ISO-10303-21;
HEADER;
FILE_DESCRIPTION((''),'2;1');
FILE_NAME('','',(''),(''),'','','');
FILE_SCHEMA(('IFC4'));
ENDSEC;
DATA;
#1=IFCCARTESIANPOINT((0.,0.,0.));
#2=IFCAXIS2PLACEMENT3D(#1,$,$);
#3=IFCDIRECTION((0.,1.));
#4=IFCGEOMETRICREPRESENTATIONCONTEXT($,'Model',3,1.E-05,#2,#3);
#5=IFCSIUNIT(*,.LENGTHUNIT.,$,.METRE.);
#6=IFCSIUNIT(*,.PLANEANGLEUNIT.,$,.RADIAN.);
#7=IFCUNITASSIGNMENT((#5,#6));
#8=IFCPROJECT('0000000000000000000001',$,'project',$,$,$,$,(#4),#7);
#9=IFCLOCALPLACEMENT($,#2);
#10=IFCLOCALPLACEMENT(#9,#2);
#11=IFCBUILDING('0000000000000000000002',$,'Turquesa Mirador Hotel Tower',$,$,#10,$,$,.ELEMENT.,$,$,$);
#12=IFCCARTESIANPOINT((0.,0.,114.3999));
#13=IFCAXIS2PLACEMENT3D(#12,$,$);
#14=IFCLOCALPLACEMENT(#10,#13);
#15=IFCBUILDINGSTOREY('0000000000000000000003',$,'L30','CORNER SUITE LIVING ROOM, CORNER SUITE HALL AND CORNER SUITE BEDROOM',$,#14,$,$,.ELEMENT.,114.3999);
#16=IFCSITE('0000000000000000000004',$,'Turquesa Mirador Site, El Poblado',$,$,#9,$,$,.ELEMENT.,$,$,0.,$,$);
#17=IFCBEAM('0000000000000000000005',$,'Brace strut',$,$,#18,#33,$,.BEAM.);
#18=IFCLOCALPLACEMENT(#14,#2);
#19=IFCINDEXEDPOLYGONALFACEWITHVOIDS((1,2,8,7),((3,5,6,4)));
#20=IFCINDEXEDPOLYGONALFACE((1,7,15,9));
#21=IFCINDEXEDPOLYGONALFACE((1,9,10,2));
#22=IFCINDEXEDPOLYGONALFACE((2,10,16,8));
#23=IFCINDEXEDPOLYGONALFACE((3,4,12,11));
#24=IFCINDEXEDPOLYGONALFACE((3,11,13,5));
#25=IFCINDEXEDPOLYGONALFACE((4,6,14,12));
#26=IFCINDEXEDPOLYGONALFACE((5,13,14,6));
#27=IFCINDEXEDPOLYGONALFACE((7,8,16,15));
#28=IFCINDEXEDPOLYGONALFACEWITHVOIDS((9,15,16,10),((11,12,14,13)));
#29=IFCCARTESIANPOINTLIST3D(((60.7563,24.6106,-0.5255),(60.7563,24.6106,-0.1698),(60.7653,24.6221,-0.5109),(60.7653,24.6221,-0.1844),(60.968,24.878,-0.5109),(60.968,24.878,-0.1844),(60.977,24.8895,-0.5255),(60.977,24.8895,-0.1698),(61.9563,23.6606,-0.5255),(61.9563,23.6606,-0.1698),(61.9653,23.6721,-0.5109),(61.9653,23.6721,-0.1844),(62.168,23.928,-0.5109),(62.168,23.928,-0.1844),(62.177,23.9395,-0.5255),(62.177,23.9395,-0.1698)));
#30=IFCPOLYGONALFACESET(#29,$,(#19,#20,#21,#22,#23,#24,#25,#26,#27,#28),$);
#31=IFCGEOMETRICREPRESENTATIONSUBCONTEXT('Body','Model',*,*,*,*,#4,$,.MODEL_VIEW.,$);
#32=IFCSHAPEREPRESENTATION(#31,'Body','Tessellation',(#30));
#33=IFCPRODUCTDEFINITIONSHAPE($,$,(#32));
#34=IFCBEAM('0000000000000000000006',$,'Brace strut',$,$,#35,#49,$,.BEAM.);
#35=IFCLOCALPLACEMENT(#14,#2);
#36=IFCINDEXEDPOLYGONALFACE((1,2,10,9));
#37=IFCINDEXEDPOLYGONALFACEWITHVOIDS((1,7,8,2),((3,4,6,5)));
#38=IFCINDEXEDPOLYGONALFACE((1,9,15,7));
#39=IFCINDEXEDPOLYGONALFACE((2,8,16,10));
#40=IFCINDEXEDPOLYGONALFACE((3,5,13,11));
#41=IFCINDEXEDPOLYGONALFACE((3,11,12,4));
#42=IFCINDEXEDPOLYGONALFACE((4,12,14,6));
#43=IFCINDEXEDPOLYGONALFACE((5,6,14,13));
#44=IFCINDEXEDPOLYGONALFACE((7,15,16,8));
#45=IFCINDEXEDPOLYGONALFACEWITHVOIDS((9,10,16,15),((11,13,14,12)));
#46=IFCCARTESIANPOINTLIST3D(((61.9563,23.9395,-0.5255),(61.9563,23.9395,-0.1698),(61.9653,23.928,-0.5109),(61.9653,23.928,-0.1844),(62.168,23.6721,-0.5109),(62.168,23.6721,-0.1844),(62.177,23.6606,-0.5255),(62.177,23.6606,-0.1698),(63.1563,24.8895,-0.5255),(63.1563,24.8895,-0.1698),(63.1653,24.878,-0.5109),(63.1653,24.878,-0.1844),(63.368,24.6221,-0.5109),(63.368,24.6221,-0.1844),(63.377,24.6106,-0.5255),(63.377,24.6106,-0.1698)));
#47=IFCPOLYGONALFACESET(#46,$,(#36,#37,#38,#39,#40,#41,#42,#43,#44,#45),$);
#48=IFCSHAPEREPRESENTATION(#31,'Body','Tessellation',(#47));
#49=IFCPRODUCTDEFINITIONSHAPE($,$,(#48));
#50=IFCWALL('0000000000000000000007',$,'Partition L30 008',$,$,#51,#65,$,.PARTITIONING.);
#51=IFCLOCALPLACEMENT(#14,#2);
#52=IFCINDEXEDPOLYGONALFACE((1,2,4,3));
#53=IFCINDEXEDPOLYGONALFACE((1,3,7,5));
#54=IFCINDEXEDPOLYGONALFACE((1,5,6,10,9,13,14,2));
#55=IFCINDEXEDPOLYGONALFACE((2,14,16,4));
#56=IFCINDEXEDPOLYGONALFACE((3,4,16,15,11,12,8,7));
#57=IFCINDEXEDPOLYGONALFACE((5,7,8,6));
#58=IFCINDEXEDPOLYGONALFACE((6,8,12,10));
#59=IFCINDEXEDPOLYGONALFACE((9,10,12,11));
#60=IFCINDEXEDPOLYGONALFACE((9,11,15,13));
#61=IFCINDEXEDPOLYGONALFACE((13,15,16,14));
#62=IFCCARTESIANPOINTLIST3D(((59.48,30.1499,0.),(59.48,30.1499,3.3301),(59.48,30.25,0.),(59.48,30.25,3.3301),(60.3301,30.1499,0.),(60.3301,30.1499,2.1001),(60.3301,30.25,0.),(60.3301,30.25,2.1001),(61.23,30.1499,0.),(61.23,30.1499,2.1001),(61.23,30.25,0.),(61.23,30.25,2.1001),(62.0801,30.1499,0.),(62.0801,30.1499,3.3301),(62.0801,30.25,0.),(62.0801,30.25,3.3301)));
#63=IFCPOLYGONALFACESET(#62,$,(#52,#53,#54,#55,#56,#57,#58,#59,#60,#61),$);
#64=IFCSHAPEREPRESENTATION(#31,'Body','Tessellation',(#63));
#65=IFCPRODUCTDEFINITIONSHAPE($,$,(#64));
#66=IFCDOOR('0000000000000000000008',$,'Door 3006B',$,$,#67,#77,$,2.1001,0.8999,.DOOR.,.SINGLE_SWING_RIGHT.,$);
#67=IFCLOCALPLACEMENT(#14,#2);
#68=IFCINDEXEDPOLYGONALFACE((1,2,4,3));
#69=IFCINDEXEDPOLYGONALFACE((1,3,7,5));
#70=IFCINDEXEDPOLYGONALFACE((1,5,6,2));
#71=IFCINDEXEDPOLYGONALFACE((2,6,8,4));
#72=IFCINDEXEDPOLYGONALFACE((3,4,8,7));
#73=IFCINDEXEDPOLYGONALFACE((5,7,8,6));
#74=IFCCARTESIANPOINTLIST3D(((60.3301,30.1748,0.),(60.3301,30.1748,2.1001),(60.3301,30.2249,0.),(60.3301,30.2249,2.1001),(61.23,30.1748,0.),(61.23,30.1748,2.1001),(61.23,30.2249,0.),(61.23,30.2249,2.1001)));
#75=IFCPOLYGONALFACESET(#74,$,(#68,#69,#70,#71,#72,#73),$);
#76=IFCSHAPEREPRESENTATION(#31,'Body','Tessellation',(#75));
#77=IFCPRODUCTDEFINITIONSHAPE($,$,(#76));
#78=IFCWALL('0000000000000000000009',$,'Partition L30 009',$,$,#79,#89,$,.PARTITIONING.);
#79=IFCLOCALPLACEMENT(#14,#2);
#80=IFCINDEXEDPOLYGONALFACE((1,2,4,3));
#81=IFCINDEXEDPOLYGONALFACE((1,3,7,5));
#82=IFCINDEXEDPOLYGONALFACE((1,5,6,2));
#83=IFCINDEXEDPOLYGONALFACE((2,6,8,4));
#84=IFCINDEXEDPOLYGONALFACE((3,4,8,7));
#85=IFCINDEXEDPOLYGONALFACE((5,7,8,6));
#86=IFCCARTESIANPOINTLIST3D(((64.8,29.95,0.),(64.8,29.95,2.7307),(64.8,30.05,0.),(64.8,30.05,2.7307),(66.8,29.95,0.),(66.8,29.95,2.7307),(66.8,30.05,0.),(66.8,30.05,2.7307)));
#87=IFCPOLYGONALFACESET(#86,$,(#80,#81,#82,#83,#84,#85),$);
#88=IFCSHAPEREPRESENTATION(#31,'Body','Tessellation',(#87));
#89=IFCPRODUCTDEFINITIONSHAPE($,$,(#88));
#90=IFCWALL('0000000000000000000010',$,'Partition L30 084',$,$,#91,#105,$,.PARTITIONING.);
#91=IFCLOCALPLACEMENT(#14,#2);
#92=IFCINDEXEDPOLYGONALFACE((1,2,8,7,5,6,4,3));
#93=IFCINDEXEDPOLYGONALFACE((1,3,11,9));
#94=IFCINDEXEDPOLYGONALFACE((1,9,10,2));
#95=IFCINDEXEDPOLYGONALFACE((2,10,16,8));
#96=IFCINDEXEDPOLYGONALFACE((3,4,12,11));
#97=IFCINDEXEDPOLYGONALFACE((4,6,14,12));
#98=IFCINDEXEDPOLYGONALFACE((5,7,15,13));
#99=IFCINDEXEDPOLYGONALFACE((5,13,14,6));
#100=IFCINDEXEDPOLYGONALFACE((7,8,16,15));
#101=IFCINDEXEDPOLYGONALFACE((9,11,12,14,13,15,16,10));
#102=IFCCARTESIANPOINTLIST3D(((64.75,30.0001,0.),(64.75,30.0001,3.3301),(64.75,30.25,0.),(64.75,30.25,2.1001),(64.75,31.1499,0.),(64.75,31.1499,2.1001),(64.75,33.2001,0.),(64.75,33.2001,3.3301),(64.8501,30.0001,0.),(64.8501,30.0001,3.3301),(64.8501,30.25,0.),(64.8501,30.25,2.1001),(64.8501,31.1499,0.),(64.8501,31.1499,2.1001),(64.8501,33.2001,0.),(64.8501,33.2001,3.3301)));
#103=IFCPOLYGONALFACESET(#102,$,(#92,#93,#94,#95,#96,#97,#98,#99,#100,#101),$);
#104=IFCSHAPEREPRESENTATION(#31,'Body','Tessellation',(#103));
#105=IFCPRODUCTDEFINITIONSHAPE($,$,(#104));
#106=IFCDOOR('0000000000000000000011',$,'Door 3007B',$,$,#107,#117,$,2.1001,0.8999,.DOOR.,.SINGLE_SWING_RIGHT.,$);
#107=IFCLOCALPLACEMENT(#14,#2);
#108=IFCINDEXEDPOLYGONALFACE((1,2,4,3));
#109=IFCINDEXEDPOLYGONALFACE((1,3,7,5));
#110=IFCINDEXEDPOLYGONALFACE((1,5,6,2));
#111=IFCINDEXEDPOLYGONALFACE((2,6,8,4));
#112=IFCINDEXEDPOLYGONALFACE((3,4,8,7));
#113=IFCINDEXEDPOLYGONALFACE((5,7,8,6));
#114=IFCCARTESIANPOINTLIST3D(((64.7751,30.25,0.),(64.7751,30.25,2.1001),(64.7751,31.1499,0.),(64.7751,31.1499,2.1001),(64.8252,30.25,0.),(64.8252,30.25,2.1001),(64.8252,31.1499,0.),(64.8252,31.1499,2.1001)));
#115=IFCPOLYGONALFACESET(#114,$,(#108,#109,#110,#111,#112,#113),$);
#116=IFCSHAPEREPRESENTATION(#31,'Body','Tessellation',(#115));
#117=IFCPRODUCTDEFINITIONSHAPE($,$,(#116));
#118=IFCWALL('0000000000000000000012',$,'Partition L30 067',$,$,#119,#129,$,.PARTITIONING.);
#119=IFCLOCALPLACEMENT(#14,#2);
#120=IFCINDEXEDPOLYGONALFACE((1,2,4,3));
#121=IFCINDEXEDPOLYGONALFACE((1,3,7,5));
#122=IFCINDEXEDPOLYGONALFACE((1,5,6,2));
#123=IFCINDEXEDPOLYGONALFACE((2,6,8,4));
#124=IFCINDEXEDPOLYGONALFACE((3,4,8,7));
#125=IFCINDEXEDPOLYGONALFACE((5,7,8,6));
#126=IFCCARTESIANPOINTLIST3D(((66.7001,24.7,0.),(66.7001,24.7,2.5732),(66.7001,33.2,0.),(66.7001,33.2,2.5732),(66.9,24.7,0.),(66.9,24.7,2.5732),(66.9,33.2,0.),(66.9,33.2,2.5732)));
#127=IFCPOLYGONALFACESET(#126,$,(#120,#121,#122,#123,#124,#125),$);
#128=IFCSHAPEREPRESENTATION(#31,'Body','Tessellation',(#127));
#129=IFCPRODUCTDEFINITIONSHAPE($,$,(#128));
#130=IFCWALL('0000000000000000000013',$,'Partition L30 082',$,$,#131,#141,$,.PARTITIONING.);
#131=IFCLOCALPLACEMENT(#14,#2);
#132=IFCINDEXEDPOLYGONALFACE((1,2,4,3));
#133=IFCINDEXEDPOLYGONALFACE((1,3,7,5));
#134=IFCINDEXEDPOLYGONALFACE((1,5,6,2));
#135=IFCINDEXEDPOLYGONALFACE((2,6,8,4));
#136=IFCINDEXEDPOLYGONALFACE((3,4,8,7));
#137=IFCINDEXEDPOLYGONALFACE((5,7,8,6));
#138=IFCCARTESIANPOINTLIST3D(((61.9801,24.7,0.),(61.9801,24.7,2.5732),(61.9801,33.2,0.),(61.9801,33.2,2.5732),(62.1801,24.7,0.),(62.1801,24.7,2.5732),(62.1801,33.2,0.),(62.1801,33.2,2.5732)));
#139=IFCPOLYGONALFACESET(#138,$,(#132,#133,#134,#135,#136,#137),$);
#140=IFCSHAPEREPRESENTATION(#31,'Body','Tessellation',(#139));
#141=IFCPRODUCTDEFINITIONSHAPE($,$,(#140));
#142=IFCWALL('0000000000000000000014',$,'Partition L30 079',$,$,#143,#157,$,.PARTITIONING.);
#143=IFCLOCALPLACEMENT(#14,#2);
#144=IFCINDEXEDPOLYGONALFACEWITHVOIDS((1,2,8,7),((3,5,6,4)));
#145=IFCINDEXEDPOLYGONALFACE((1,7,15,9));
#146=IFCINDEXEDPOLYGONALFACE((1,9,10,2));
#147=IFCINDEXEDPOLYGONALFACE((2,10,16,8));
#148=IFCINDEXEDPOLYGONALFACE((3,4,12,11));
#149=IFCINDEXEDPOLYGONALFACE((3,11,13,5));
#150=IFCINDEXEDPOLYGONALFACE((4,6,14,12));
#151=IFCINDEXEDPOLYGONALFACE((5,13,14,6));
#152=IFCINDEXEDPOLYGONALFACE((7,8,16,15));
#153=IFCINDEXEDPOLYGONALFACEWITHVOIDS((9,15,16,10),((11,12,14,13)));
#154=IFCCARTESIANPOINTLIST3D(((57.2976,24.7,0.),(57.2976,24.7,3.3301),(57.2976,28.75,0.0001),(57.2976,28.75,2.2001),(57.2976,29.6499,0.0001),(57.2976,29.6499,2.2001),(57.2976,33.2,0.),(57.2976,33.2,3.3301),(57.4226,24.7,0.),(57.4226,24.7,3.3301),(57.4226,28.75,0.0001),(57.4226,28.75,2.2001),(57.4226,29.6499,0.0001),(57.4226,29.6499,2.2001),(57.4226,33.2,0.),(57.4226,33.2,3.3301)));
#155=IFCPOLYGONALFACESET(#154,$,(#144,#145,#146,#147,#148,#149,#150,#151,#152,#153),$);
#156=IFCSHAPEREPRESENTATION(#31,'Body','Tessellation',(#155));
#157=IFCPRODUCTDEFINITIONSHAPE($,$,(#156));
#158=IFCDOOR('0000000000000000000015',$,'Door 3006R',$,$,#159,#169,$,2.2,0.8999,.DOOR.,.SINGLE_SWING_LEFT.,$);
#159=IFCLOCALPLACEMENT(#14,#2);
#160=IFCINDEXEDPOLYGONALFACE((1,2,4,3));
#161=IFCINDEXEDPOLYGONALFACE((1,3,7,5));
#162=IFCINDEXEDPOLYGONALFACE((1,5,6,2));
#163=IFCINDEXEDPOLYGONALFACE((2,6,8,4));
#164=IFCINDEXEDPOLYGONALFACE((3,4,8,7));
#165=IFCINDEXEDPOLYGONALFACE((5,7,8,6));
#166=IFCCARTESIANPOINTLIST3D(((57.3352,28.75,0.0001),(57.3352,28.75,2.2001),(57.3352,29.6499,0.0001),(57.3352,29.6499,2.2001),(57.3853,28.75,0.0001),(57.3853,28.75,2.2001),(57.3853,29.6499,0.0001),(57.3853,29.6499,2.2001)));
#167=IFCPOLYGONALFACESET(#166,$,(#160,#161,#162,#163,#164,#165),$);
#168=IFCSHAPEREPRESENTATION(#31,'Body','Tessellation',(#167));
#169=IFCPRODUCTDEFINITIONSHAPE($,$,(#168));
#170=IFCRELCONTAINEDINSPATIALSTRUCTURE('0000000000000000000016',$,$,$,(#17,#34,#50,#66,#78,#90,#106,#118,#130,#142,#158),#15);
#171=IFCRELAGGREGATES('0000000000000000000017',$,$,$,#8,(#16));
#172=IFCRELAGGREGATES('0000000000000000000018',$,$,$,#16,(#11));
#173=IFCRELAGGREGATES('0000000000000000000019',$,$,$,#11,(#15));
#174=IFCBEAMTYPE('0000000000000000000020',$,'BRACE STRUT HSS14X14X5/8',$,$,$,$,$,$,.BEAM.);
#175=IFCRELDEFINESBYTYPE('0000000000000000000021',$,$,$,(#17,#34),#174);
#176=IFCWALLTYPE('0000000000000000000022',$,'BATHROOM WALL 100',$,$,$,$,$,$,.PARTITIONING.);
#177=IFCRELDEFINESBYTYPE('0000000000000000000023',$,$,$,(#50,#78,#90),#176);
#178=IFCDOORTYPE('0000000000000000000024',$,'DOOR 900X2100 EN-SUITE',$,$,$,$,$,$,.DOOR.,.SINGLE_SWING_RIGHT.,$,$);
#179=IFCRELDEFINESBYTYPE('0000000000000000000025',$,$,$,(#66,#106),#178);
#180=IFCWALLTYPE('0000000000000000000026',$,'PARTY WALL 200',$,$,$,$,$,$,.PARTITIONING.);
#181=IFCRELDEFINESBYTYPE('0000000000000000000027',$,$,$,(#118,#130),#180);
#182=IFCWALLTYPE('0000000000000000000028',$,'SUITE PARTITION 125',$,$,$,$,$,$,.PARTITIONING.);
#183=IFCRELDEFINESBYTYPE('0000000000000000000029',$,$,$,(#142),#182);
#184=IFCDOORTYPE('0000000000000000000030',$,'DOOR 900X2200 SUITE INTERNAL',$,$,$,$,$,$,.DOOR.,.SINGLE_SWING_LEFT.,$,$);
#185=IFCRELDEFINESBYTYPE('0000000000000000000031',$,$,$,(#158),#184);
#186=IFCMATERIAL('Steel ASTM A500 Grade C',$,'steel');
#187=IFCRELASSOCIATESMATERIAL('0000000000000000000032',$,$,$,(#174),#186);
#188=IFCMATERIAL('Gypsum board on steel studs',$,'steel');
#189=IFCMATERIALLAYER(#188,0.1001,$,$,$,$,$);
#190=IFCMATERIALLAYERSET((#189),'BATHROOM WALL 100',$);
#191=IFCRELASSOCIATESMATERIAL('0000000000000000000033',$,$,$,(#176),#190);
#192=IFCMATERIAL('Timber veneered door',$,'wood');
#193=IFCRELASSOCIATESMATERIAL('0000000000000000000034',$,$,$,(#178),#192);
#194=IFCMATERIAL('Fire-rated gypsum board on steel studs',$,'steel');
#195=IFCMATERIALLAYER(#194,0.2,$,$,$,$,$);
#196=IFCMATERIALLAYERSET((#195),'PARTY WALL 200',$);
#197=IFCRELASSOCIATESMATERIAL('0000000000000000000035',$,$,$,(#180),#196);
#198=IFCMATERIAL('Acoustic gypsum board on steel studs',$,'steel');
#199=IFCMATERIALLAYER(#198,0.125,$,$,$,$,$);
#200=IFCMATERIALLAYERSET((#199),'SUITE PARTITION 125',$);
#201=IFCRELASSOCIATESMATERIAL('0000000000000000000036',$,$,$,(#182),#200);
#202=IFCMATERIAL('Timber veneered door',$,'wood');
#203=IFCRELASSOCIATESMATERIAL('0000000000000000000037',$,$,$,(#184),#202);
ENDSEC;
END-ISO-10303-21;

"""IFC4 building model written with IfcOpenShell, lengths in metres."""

from ifc_helpers import new_model, si_unit, direction, frame, frame_2d, origin, origin_2d, place, context, subcontext, project, spatial, rectangle, hollow_rectangle, extrude, material, layer, layer_set, material_profile, profile_set, type_object, element, fill, save


model = new_model("IFC4")

# Units and contexts
model_context = context("Model", 3, precision=1e-05, world=origin(), true_north=direction((0.0, 1.0)))
body_context = subcontext(model_context, "Body", "Model", "MODEL_VIEW")
ifc_project = project(units=[si_unit("LENGTHUNIT", "METRE"), si_unit("PLANEANGLEUNIT", "RADIAN")], contexts=[model_context])

# Site, building, storey
site_placement = place(None, origin())
site = spatial("IfcSite", under=ifc_project, at=site_placement, Name="Turquesa Mirador Site, El Poblado", CompositionType="ELEMENT", RefElevation=0.0)
building_placement = place(site_placement, origin())
building = spatial("IfcBuilding", under=site, at=building_placement, Name="Turquesa Mirador Hotel Tower", CompositionType="ELEMENT")
storey_placement = place(building_placement, frame((0.0, 0.0, 114.3999)))
storey = spatial("IfcBuildingStorey", under=building, at=storey_placement, Name="L30", Description="CORNER SUITE LIVING ROOM, CORNER SUITE HALL AND CORNER SUITE BEDROOM", CompositionType="ELEMENT", Elevation=114.3999)

# Beams
ifc_material_1 = material(Name="Steel ASTM A500 Grade C", Category="steel")
ifc_material_profile_1 = material_profile(ifc_material_1, hollow_rectangle(XDim=0.3557, YDim=0.3557, WallThickness=0.0146, at=origin_2d()), Name="HSS14X14X5/8")
ifc_profile_set_1 = profile_set([ifc_material_profile_1], Name="Steel ASTM A500 Grade C")
beam_type_1 = type_object("IfcBeamType", Name="BRACE STRUT HSS14X14X5/8", PredefinedType="BEAM", material=ifc_profile_set_1)
for number, where, z_axis, x_axis, name in (
    (1, (62.0667, 23.8, -0.3477), (-0.784049, 0.620699, 0.0), (-0.620699, -0.784049, 0.0), "Brace strut"),
    (2, (62.0667, 23.8, -0.3477), (0.784049, 0.620699, 0.0), (-0.620699, 0.784049, 0.0), "Brace strut"),
):
    element("IfcBeam", number, at=place(storey_placement, frame(where, z_axis=z_axis, x_axis=x_axis)), inside=storey, type_object=beam_type_1, Name=name, PredefinedType="BEAM", context=body_context, shape_type="SweptSolid", body=[
        extrude(hollow_rectangle(XDim=0.3557, YDim=0.3557, WallThickness=0.0146, at=origin_2d()), origin(), (0.0, 0.0, 1.0), 1.5305),
    ])

# Wall, opening, door
ifc_material_2 = material(Name="Gypsum board on steel studs", Category="steel")
ifc_layer_1 = layer(ifc_material_2, 0.1001)
ifc_layer_set_1 = layer_set([ifc_layer_1], Name="BATHROOM WALL 100")
wall_type_1 = type_object("IfcWallType", Name="BATHROOM WALL 100", PredefinedType="PARTITIONING", material=ifc_layer_set_1)
wall_1_placement = place(storey_placement, frame((59.48, 30.2, 0.0), z_axis=(0.0, 0.0, 1.0), x_axis=(1.0, 0.0, 0.0)))
wall_1 = element("IfcWall", 3, at=wall_1_placement, inside=storey, type_object=wall_type_1, Name="Partition L30 008", PredefinedType="PARTITIONING", context=body_context, shape_type="SweptSolid", body=[
    extrude(rectangle(XDim=2.6001, YDim=0.1001, at=frame_2d((1.3, 0.0))), origin(), (0.0, 0.0, 1.0), 3.3301),
])
opening_1_placement = place(wall_1_placement, frame((0.8501, 0.0, 0.0)))
opening_1 = element("IfcOpeningElement", 4, at=opening_1_placement, cuts=wall_1, PredefinedType="OPENING", context=body_context, shape_type="SweptSolid", body=[
    extrude(rectangle(XDim=0.8999, YDim=2.1001, at=frame_2d((0.45, 1.05))), frame((0.0, 0.0601, 0.0), z_axis=(0.0, -1.0, 0.0), x_axis=(1.0, 0.0, 0.0)), (0.0, 0.0, 1.0), 0.1201),
])
ifc_material_3 = material(Name="Timber veneered door", Category="wood")
door_type_1 = type_object("IfcDoorType", Name="DOOR 900X2100 EN-SUITE", OperationType="SINGLE_SWING_RIGHT", PredefinedType="DOOR", material=ifc_material_3)
door_1_placement = place(opening_1_placement, origin())
door_1 = element("IfcDoor", 5, at=door_1_placement, inside=storey, type_object=door_type_1, Name="Door 3006B", OperationType="SINGLE_SWING_RIGHT", OverallHeight=2.1001, OverallWidth=0.8999, PredefinedType="DOOR", context=body_context, shape_type="SweptSolid", body=[
    extrude(rectangle(XDim=0.8999, YDim=2.1001, at=frame_2d((0.45, 1.05))), frame((0.0, 0.0249, 0.0), z_axis=(0.0, -1.0, 0.0), x_axis=(1.0, 0.0, 0.0)), (0.0, 0.0, 1.0), 0.05),
])
fill(opening_1, door_1)

# Wall
wall_2_placement = place(storey_placement, frame((64.8, 30.0, 0.0), z_axis=(0.0, 0.0, 1.0), x_axis=(1.0, 0.0, 0.0)))
element("IfcWall", 6, at=wall_2_placement, inside=storey, type_object=wall_type_1, Name="Partition L30 009", PredefinedType="PARTITIONING", context=body_context, shape_type="SweptSolid", body=[
    extrude(rectangle(XDim=2.0, YDim=0.1001, at=frame_2d((1.0, 0.0))), origin(), (0.0, 0.0, 1.0), 2.7307),
])

# Wall, opening, door
wall_3_placement = place(storey_placement, frame((64.8, 30.0, 0.0), z_axis=(0.0, 0.0, 1.0), x_axis=(0.0, 1.0, 0.0)))
wall_3 = element("IfcWall", 7, at=wall_3_placement, inside=storey, type_object=wall_type_1, Name="Partition L30 084", PredefinedType="PARTITIONING", context=body_context, shape_type="SweptSolid", body=[
    extrude(rectangle(XDim=3.2, YDim=0.1001, at=frame_2d((1.6001, 0.0))), origin(), (0.0, 0.0, 1.0), 3.3301),
])
opening_2_placement = place(wall_3_placement, frame((0.25, 0.0, 0.0)))
opening_2 = element("IfcOpeningElement", 8, at=opening_2_placement, cuts=wall_3, PredefinedType="OPENING", context=body_context, shape_type="SweptSolid", body=[
    extrude(rectangle(XDim=0.8999, YDim=2.1001, at=frame_2d((0.45, 1.05))), frame((0.0, 0.0601, 0.0), z_axis=(0.0, -1.0, 0.0), x_axis=(1.0, 0.0, 0.0)), (0.0, 0.0, 1.0), 0.1201),
])
door_2_placement = place(opening_2_placement, origin())
door_2 = element("IfcDoor", 9, at=door_2_placement, inside=storey, type_object=door_type_1, Name="Door 3007B", OperationType="SINGLE_SWING_RIGHT", OverallHeight=2.1001, OverallWidth=0.8999, PredefinedType="DOOR", context=body_context, shape_type="SweptSolid", body=[
    extrude(rectangle(XDim=0.8999, YDim=2.1001, at=frame_2d((0.45, 1.05))), frame((0.0, 0.0249, 0.0), z_axis=(0.0, -1.0, 0.0), x_axis=(1.0, 0.0, 0.0)), (0.0, 0.0, 1.0), 0.05),
])
fill(opening_2, door_2)

# Walls
ifc_material_4 = material(Name="Fire-rated gypsum board on steel studs", Category="steel")
ifc_layer_2 = layer(ifc_material_4, 0.2)
ifc_layer_set_2 = layer_set([ifc_layer_2], Name="PARTY WALL 200")
wall_type_2 = type_object("IfcWallType", Name="PARTY WALL 200", PredefinedType="PARTITIONING", material=ifc_layer_set_2)
for number, where, z_axis, x_axis, name in (
    (10, (66.8, 24.7, 0.0), (0.0, 0.0, 1.0), (0.0, 1.0, 0.0), "Partition L30 067"),
    (11, (62.0801, 24.7, 0.0), (0.0, 0.0, 1.0), (0.0, 1.0, 0.0), "Partition L30 082"),
):
    element("IfcWall", number, at=place(storey_placement, frame(where, z_axis=z_axis, x_axis=x_axis)), inside=storey, type_object=wall_type_2, Name=name, PredefinedType="PARTITIONING", context=body_context, shape_type="SweptSolid", body=[
        extrude(rectangle(XDim=8.5, YDim=0.2, at=frame_2d((4.25, 0.0))), origin(), (0.0, 0.0, 1.0), 2.5732),
    ])

# Wall, opening, door
ifc_material_5 = material(Name="Acoustic gypsum board on steel studs", Category="steel")
ifc_layer_3 = layer(ifc_material_5, 0.125)
ifc_layer_set_3 = layer_set([ifc_layer_3], Name="SUITE PARTITION 125")
wall_type_3 = type_object("IfcWallType", Name="SUITE PARTITION 125", PredefinedType="PARTITIONING", material=ifc_layer_set_3)
wall_4_placement = place(storey_placement, frame((57.3601, 24.7, 0.0), z_axis=(0.0, 0.0, 1.0), x_axis=(0.0, 1.0, 0.0)))
wall_4 = element("IfcWall", 12, at=wall_4_placement, inside=storey, type_object=wall_type_3, Name="Partition L30 079", PredefinedType="PARTITIONING", context=body_context, shape_type="SweptSolid", body=[
    extrude(rectangle(XDim=8.5, YDim=0.125, at=frame_2d((4.25, 0.0))), origin(), (0.0, 0.0, 1.0), 3.3301),
])
opening_3_placement = place(wall_4_placement, frame((4.05, 0.0, 0.0)))
opening_3 = element("IfcOpeningElement", 13, at=opening_3_placement, cuts=wall_4, PredefinedType="OPENING", context=body_context, shape_type="SweptSolid", body=[
    extrude(rectangle(XDim=0.8999, YDim=2.2, at=frame_2d((0.45, 1.1001))), frame((0.0, 0.0725, 0.0), z_axis=(0.0, -1.0, 0.0), x_axis=(1.0, 0.0, 0.0)), (0.0, 0.0, 1.0), 0.145),
])
ifc_material_6 = material(Name="Timber veneered door", Category="wood")
door_type_2 = type_object("IfcDoorType", Name="DOOR 900X2200 SUITE INTERNAL", OperationType="SINGLE_SWING_LEFT", PredefinedType="DOOR", material=ifc_material_6)
door_3_placement = place(opening_3_placement, origin())
door_3 = element("IfcDoor", 14, at=door_3_placement, inside=storey, type_object=door_type_2, Name="Door 3006R", OperationType="SINGLE_SWING_LEFT", OverallHeight=2.2, OverallWidth=0.8999, PredefinedType="DOOR", context=body_context, shape_type="SweptSolid", body=[
    extrude(rectangle(XDim=0.8999, YDim=2.2, at=frame_2d((0.45, 1.1001))), frame((0.0, 0.0249, 0.0), z_axis=(0.0, -1.0, 0.0), x_axis=(1.0, 0.0, 0.0)), (0.0, 0.0, 1.0), 0.05),
])
fill(opening_3, door_3)

save(model, "model.ifc")
